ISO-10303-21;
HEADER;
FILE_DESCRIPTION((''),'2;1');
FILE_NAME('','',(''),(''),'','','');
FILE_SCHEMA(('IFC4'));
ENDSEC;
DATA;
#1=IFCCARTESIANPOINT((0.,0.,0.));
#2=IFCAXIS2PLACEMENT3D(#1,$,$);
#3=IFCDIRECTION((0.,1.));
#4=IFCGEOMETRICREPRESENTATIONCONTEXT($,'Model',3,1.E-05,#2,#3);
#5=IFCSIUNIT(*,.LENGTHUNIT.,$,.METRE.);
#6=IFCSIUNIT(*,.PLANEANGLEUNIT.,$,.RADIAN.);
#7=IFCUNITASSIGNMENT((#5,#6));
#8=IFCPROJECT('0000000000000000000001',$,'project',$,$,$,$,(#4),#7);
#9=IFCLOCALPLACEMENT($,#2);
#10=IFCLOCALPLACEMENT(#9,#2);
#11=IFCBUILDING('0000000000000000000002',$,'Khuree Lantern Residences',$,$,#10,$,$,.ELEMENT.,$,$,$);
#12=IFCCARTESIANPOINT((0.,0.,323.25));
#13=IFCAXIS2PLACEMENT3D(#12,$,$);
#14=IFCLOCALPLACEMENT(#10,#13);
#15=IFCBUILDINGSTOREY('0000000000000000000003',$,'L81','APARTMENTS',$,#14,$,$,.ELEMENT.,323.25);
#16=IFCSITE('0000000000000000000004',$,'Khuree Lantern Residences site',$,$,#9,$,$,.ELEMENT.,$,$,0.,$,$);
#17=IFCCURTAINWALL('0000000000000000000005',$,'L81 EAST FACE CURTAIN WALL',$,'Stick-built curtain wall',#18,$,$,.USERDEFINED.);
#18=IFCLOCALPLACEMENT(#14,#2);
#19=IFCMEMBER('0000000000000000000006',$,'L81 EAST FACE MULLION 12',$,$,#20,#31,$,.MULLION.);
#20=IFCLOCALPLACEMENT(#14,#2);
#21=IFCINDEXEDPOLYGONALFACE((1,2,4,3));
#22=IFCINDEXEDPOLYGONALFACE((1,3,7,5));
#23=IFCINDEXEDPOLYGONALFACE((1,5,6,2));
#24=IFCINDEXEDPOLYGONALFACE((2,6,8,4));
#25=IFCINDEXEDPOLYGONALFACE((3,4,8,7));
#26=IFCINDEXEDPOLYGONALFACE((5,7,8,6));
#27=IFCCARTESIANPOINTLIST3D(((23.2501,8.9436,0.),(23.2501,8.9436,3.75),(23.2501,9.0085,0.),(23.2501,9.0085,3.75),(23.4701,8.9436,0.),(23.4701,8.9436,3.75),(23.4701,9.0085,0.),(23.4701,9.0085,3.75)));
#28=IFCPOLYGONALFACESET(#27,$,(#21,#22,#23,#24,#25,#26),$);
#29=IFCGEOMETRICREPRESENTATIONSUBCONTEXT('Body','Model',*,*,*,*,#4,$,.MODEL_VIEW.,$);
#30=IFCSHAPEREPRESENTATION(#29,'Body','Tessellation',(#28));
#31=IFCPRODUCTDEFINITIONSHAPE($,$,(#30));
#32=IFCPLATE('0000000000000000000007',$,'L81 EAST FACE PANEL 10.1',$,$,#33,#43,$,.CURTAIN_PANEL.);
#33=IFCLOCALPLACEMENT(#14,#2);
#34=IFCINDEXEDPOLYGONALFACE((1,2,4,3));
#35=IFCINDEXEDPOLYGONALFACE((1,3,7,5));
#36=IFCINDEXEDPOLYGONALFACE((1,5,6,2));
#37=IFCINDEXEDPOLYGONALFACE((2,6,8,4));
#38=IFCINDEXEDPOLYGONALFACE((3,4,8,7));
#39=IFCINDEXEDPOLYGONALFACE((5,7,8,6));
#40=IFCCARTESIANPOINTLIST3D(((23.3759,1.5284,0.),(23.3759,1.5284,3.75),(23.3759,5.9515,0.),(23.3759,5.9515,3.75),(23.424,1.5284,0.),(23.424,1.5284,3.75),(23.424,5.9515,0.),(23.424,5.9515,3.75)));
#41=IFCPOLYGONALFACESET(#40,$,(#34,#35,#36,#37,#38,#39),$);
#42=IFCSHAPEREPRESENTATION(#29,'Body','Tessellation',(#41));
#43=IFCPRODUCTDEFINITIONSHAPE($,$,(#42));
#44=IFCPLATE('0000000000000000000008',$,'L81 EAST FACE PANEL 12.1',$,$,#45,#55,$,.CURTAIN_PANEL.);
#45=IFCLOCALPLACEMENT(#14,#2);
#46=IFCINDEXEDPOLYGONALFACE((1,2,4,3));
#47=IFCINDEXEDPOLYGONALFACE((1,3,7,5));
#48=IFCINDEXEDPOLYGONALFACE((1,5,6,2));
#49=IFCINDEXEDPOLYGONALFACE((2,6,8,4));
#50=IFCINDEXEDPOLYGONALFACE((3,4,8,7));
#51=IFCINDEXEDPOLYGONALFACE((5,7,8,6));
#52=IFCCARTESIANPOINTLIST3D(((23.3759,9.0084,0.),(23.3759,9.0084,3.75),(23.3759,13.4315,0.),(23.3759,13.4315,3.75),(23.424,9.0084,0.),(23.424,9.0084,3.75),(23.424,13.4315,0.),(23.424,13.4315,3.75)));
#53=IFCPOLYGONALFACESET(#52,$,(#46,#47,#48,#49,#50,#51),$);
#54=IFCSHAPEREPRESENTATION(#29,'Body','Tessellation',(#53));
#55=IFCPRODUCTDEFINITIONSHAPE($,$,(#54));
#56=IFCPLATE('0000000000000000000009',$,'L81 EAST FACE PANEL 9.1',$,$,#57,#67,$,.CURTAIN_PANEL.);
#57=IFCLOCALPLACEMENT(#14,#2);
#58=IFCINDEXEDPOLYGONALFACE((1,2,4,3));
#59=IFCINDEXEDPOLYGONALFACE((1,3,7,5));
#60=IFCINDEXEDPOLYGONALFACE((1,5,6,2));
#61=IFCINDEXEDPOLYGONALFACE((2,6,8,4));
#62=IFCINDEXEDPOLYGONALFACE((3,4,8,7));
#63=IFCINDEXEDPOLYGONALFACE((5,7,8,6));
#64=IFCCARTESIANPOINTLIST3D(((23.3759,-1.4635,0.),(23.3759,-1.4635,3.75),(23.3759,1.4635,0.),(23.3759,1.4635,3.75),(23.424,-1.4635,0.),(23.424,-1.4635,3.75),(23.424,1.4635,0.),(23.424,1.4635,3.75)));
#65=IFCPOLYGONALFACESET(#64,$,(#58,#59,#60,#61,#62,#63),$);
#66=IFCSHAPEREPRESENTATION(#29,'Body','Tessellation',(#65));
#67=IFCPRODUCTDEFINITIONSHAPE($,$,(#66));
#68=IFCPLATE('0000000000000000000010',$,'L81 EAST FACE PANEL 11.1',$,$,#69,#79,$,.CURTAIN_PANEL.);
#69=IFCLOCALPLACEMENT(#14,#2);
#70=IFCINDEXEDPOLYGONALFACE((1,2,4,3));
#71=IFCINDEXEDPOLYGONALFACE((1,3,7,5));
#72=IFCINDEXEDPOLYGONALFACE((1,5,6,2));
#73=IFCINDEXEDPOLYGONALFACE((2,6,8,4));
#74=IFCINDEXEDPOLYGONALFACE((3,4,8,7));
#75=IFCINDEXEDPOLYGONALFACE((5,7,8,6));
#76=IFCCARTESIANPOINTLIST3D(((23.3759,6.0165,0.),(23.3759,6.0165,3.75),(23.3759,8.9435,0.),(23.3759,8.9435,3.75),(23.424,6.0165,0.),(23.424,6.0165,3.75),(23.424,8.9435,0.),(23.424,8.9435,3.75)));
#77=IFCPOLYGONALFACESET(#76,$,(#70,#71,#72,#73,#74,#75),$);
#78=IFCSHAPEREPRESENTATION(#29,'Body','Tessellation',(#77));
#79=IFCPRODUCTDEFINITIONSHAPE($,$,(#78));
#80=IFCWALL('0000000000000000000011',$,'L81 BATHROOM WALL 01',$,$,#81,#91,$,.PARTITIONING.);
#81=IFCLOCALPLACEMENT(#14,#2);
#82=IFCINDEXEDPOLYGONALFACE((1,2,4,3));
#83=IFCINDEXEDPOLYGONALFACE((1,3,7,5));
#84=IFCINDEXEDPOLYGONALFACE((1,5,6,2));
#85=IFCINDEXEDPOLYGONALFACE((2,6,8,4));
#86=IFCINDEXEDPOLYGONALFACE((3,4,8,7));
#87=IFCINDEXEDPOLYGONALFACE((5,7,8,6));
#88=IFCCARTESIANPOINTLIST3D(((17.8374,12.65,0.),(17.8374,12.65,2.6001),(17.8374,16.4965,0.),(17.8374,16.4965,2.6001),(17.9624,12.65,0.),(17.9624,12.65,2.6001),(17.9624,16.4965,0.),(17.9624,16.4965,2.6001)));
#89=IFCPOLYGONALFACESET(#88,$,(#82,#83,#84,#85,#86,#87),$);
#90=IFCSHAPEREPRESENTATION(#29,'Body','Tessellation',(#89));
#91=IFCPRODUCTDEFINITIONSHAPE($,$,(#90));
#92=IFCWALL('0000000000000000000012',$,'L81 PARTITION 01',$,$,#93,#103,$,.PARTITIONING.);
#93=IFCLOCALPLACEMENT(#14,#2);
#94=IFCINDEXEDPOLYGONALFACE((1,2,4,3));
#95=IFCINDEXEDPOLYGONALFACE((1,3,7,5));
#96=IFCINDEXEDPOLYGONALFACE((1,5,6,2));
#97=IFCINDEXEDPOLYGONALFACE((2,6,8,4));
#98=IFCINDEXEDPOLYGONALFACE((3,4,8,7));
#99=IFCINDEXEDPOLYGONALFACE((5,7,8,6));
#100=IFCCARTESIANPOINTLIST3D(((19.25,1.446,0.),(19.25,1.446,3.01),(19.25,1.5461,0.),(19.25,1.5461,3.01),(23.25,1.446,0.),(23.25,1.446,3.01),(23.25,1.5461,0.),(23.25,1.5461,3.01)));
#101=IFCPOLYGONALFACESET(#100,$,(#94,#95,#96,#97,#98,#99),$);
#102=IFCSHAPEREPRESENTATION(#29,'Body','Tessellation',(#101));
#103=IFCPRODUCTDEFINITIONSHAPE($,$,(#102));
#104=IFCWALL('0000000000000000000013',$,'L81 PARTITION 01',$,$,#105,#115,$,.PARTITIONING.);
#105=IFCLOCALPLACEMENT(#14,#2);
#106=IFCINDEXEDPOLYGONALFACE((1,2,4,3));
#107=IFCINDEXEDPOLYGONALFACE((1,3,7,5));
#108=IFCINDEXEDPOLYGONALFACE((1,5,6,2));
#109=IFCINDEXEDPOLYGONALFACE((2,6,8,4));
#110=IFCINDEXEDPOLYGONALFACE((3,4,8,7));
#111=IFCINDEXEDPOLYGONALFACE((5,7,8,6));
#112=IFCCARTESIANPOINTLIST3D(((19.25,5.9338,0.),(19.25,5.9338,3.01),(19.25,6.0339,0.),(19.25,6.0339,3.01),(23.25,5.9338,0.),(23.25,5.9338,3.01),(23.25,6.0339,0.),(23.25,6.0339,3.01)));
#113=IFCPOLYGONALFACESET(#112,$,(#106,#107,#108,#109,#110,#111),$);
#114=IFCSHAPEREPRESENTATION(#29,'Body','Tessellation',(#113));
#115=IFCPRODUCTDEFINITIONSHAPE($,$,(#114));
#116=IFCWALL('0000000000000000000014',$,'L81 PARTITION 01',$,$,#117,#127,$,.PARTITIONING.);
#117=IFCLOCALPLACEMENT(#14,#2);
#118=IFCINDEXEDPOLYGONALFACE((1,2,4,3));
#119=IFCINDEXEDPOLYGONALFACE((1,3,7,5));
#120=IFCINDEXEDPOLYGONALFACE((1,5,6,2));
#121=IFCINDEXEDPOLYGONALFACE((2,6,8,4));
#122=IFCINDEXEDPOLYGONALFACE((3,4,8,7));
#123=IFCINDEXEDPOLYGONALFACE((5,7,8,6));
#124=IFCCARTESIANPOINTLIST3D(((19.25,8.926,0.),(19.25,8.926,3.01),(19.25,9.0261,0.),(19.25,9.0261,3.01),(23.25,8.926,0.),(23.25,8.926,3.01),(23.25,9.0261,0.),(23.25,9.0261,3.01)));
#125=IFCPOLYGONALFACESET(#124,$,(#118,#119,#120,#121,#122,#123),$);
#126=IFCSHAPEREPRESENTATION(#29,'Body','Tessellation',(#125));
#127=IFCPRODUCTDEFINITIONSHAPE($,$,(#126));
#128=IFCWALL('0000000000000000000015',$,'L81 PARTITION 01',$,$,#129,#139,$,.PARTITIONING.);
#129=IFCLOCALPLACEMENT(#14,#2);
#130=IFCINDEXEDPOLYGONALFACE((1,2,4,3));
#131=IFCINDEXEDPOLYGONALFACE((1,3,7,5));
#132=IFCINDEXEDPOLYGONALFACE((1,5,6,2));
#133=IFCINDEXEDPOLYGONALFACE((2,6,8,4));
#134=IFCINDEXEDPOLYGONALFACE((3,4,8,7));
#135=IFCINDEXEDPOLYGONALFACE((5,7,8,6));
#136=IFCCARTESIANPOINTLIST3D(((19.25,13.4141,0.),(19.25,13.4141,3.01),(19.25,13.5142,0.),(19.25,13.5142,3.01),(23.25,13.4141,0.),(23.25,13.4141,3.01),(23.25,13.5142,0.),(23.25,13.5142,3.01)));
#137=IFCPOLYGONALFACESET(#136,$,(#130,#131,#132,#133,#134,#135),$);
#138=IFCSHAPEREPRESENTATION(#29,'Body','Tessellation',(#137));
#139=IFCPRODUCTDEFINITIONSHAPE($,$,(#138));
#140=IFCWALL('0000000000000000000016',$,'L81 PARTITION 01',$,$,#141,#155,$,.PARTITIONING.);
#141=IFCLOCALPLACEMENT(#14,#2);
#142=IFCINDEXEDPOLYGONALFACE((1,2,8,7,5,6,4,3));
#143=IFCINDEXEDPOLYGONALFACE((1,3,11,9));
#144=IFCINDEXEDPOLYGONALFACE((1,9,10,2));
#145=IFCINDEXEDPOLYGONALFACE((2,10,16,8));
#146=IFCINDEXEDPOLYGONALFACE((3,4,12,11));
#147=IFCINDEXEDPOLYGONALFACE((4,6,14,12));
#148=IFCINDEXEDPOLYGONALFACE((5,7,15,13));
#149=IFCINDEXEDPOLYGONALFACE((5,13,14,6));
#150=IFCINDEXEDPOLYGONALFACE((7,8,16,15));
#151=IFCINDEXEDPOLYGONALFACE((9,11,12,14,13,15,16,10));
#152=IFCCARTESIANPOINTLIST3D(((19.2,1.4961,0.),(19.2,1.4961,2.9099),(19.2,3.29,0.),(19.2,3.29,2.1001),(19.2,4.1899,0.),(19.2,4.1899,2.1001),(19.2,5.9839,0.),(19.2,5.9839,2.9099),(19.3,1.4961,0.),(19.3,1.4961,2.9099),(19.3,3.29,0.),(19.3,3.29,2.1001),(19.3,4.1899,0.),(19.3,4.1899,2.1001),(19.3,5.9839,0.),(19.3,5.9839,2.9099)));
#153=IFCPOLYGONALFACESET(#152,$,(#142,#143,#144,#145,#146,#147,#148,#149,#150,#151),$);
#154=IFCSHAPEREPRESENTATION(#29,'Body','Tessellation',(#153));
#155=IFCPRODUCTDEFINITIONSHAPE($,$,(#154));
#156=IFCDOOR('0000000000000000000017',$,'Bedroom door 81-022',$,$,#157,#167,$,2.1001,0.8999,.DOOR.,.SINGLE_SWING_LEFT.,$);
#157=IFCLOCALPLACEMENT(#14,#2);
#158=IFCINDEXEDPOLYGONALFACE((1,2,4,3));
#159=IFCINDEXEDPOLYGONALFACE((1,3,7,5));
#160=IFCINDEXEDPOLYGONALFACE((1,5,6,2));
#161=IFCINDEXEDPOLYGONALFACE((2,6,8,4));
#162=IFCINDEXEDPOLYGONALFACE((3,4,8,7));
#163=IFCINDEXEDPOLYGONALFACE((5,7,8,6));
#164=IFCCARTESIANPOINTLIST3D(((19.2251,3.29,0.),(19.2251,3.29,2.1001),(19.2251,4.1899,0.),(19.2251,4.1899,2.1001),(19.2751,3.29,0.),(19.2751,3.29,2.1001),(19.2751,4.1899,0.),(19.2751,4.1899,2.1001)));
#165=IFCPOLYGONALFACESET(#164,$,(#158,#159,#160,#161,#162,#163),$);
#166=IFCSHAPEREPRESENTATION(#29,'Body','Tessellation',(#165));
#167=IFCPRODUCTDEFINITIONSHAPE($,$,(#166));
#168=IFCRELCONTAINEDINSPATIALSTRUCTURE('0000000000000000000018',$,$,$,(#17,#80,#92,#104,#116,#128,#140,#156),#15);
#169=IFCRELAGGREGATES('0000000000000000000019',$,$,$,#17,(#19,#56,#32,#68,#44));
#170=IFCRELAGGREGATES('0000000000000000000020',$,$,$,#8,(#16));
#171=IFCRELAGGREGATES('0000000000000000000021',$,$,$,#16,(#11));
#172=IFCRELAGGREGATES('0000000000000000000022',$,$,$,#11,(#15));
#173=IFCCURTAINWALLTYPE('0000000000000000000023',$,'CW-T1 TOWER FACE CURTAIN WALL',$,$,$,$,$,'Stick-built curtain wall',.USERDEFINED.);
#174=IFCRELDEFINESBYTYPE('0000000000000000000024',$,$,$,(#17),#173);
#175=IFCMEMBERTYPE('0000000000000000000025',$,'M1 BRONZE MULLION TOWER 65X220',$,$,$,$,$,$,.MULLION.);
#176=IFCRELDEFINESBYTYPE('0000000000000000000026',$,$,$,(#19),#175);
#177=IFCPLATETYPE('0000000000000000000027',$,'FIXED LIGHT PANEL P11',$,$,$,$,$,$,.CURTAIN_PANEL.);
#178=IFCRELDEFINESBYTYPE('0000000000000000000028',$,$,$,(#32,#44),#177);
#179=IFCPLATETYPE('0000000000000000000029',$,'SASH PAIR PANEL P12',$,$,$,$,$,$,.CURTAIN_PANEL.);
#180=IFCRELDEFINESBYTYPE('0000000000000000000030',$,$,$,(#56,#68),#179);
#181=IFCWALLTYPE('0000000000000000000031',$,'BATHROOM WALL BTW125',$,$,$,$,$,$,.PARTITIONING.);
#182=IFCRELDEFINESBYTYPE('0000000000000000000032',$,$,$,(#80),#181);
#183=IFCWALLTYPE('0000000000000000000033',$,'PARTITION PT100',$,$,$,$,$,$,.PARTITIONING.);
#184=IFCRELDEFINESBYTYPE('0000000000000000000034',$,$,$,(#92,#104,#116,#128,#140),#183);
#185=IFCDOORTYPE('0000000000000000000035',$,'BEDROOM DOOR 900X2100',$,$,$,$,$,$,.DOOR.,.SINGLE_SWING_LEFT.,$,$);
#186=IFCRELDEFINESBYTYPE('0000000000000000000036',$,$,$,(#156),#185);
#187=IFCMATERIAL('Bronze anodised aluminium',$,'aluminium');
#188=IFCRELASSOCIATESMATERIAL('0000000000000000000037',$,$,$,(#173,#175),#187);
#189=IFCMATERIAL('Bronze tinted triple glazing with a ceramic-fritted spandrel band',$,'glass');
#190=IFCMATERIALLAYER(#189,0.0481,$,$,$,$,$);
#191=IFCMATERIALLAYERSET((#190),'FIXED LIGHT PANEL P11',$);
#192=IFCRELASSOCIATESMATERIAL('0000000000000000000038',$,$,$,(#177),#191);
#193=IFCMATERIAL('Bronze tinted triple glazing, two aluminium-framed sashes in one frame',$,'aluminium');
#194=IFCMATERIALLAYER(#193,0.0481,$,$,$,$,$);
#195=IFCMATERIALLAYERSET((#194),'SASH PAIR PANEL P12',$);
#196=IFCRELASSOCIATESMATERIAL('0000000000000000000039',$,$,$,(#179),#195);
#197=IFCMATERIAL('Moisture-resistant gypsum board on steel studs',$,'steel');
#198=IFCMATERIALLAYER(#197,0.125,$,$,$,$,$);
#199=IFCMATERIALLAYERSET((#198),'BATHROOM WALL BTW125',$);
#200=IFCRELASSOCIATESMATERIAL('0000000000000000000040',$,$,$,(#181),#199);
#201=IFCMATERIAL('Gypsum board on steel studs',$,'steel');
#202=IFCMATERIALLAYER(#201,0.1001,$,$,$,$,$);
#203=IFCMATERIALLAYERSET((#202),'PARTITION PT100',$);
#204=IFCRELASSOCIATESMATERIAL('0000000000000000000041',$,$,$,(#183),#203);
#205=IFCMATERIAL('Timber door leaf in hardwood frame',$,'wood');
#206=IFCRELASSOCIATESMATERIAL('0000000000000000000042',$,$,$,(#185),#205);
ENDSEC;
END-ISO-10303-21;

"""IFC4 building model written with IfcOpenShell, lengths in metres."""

from ifc_helpers import new_model, si_unit, direction, frame, frame_2d, origin, origin_2d, place, context, subcontext, project, spatial, rectangle, extrude, material, layer, layer_set, material_profile, profile_set, type_object, element, fill, aggregate, save


model = new_model("IFC4")

# Units and contexts
model_context = context("Model", 3, precision=1e-05, world=origin(), true_north=direction((0.0, 1.0)))
body_context = subcontext(model_context, "Body", "Model", "MODEL_VIEW")
ifc_project = project(units=[si_unit("LENGTHUNIT", "METRE"), si_unit("PLANEANGLEUNIT", "RADIAN")], contexts=[model_context])

# Site, building, storey
site_placement = place(None, origin())
site = spatial("IfcSite", under=ifc_project, at=site_placement, Name="Khuree Lantern Residences site", CompositionType="ELEMENT", RefElevation=0.0)
building_placement = place(site_placement, origin())
building = spatial("IfcBuilding", under=site, at=building_placement, Name="Khuree Lantern Residences", CompositionType="ELEMENT")
storey_placement = place(building_placement, frame((0.0, 0.0, 323.25)))
storey = spatial("IfcBuildingStorey", under=building, at=storey_placement, Name="L81", Description="APARTMENTS", CompositionType="ELEMENT", Elevation=323.25)

# Curtain wall
ifc_material_1 = material(Name="Bronze anodised aluminium", Category="aluminium")
curtain_wall_type = type_object("IfcCurtainWallType", Name="CW-T1 TOWER FACE CURTAIN WALL", ElementType="Stick-built curtain wall", PredefinedType="USERDEFINED", material=ifc_material_1)
curtain_wall_placement = place(storey_placement, origin())
curtain_wall = element("IfcCurtainWall", 1, at=curtain_wall_placement, inside=storey, type_object=curtain_wall_type, Name="L81 EAST FACE CURTAIN WALL", ObjectType="Stick-built curtain wall", PredefinedType="USERDEFINED")

# Member
ifc_material_profile_1 = material_profile(ifc_material_1, rectangle(XDim=0.0649, YDim=0.22, at=origin_2d()), Name="M1 65X220")
ifc_profile_set_1 = profile_set([ifc_material_profile_1], Name="Bronze anodised aluminium")
member_type_1 = type_object("IfcMemberType", Name="M1 BRONZE MULLION TOWER 65X220", PredefinedType="MULLION", material=ifc_profile_set_1)
member_1_placement = place(storey_placement, frame((23.3601, 8.9761, 0.0), z_axis=(0.0, 0.0, 1.0), x_axis=(0.0, 1.0, 0.0)))
member_1 = element("IfcMember", 2, at=member_1_placement, type_object=member_type_1, Name="L81 EAST FACE MULLION 12", PredefinedType="MULLION", context=body_context, shape_type="SweptSolid", body=[
    extrude(rectangle(XDim=0.0649, YDim=0.22, at=origin_2d()), origin(), (0.0, 0.0, 1.0), 3.75),
])

# Plates
ifc_material_2 = material(Name="Bronze tinted triple glazing with a ceramic-fritted spandrel band", Category="glass")
ifc_layer_1 = layer(ifc_material_2, 0.0481)
ifc_layer_set_1 = layer_set([ifc_layer_1], Name="FIXED LIGHT PANEL P11")
plate_type_1 = type_object("IfcPlateType", Name="FIXED LIGHT PANEL P11", PredefinedType="CURTAIN_PANEL", material=ifc_layer_set_1)
plate_1_placement = place(storey_placement, frame((23.3999, 3.74, 0.0), z_axis=(0.0, 0.0, 1.0), x_axis=(0.0, 1.0, 0.0)))
plate_1 = element("IfcPlate", 3, at=plate_1_placement, type_object=plate_type_1, Name="L81 EAST FACE PANEL 10.1", PredefinedType="CURTAIN_PANEL", context=body_context, shape_type="SweptSolid", body=[
    extrude(rectangle(XDim=4.4231, YDim=0.0481, at=origin_2d()), origin(), (0.0, 0.0, 1.0), 3.75),
])
plate_2_placement = place(storey_placement, frame((23.3999, 11.22, 0.0), z_axis=(0.0, 0.0, 1.0), x_axis=(0.0, 1.0, 0.0)))
plate_2 = element("IfcPlate", 4, at=plate_2_placement, type_object=plate_type_1, Name="L81 EAST FACE PANEL 12.1", PredefinedType="CURTAIN_PANEL", context=body_context, shape_type="SweptSolid", body=[
    extrude(rectangle(XDim=4.4231, YDim=0.0481, at=origin_2d()), origin(), (0.0, 0.0, 1.0), 3.75),
])
ifc_material_3 = material(Name="Bronze tinted triple glazing, two aluminium-framed sashes in one frame", Category="aluminium")
ifc_layer_2 = layer(ifc_material_3, 0.0481)
ifc_layer_set_2 = layer_set([ifc_layer_2], Name="SASH PAIR PANEL P12")
plate_type_2 = type_object("IfcPlateType", Name="SASH PAIR PANEL P12", PredefinedType="CURTAIN_PANEL", material=ifc_layer_set_2)
plate_3_placement = place(storey_placement, frame((23.3999, 0.0, 0.0), z_axis=(0.0, 0.0, 1.0), x_axis=(0.0, 1.0, 0.0)))
plate_3 = element("IfcPlate", 5, at=plate_3_placement, type_object=plate_type_2, Name="L81 EAST FACE PANEL 9.1", PredefinedType="CURTAIN_PANEL", context=body_context, shape_type="SweptSolid", body=[
    extrude(rectangle(XDim=2.927, YDim=0.0481, at=origin_2d()), origin(), (0.0, 0.0, 1.0), 3.75),
])
plate_4_placement = place(storey_placement, frame((23.3999, 7.48, 0.0), z_axis=(0.0, 0.0, 1.0), x_axis=(0.0, 1.0, 0.0)))
plate_4 = element("IfcPlate", 6, at=plate_4_placement, type_object=plate_type_2, Name="L81 EAST FACE PANEL 11.1", PredefinedType="CURTAIN_PANEL", context=body_context, shape_type="SweptSolid", body=[
    extrude(rectangle(XDim=2.927, YDim=0.0481, at=origin_2d()), origin(), (0.0, 0.0, 1.0), 3.75),
])
aggregate(curtain_wall, [member_1, plate_3, plate_1, plate_4, plate_2])

# Walls
ifc_material_4 = material(Name="Moisture-resistant gypsum board on steel studs", Category="steel")
ifc_layer_3 = layer(ifc_material_4, 0.125)
ifc_layer_set_3 = layer_set([ifc_layer_3], Name="BATHROOM WALL BTW125")
wall_type_1 = type_object("IfcWallType", Name="BATHROOM WALL BTW125", PredefinedType="PARTITIONING", material=ifc_layer_set_3)
wall_1_placement = place(storey_placement, frame((17.8999, 12.6499, 0.0), z_axis=(0.0, 0.0, 1.0), x_axis=(0.0, 1.0, 0.0)))
element("IfcWall", 7, at=wall_1_placement, inside=storey, type_object=wall_type_1, Name="L81 BATHROOM WALL 01", PredefinedType="PARTITIONING", context=body_context, shape_type="SweptSolid", body=[
    extrude(rectangle(XDim=3.8464, YDim=0.125, at=frame_2d((1.9233, 0.0))), origin(), (0.0, 0.0, 1.0), 2.6001),
])
ifc_material_5 = material(Name="Gypsum board on steel studs", Category="steel")
ifc_layer_4 = layer(ifc_material_5, 0.1001)
ifc_layer_set_4 = layer_set([ifc_layer_4], Name="PARTITION PT100")
wall_type_2 = type_object("IfcWallType", Name="PARTITION PT100", PredefinedType="PARTITIONING", material=ifc_layer_set_4)
for number, where, z_axis, x_axis, name in (
    (8, (19.25, 1.4961, 0.0), (0.0, 0.0, 1.0), (1.0, 0.0, 0.0), "L81 PARTITION 01"),
    (9, (19.25, 5.9839, 0.0), (0.0, 0.0, 1.0), (1.0, 0.0, 0.0), "L81 PARTITION 01"),
    (10, (19.25, 8.9761, 0.0), (0.0, 0.0, 1.0), (1.0, 0.0, 0.0), "L81 PARTITION 01"),
    (11, (19.25, 13.4641, 0.0), (0.0, 0.0, 1.0), (1.0, 0.0, 0.0), "L81 PARTITION 01"),
):
    element("IfcWall", number, at=place(storey_placement, frame(where, z_axis=z_axis, x_axis=x_axis)), inside=storey, type_object=wall_type_2, Name=name, PredefinedType="PARTITIONING", context=body_context, shape_type="SweptSolid", body=[
        extrude(rectangle(XDim=4.0, YDim=0.1001, at=frame_2d((2.0, 0.0))), origin(), (0.0, 0.0, 1.0), 3.01),
    ])

# Wall, opening, door
wall_2_placement = place(storey_placement, frame((19.25, 1.4961, 0.0), z_axis=(0.0, 0.0, 1.0), x_axis=(0.0, 1.0, 0.0)))
wall_2 = element("IfcWall", 12, at=wall_2_placement, inside=storey, type_object=wall_type_2, Name="L81 PARTITION 01", PredefinedType="PARTITIONING", context=body_context, shape_type="SweptSolid", body=[
    extrude(rectangle(XDim=4.4878, YDim=0.1001, at=frame_2d((2.2439, 0.0))), origin(), (0.0, 0.0, 1.0), 2.9099),
])
opening_1_placement = place(wall_2_placement, frame((1.7939, 0.0, 0.0)))
opening_1 = element("IfcOpeningElement", 13, at=opening_1_placement, cuts=wall_2, PredefinedType="OPENING", context=body_context, shape_type="SweptSolid", body=[
    extrude(rectangle(XDim=0.8999, YDim=2.1001, at=frame_2d((0.45, 1.05))), frame((0.0, 0.0601, 0.0), z_axis=(0.0, -1.0, 0.0), x_axis=(1.0, 0.0, 0.0)), (0.0, 0.0, 1.0), 0.1201),
])
ifc_material_6 = material(Name="Timber door leaf in hardwood frame", Category="wood")
door_type = type_object("IfcDoorType", Name="BEDROOM DOOR 900X2100", OperationType="SINGLE_SWING_LEFT", PredefinedType="DOOR", material=ifc_material_6)
door_1_placement = place(opening_1_placement, origin())
door_1 = element("IfcDoor", 14, at=door_1_placement, inside=storey, type_object=door_type, Name="Bedroom door 81-022", OperationType="SINGLE_SWING_LEFT", OverallHeight=2.1001, OverallWidth=0.8999, PredefinedType="DOOR", context=body_context, shape_type="SweptSolid", body=[
    extrude(rectangle(XDim=0.8999, YDim=2.1001, at=frame_2d((0.45, 1.05))), frame((0.0, 0.0249, 0.0), z_axis=(0.0, -1.0, 0.0), x_axis=(1.0, 0.0, 0.0)), (0.0, 0.0, 1.0), 0.05),
])
fill(opening_1, door_1)

save(model, "model.ifc")
